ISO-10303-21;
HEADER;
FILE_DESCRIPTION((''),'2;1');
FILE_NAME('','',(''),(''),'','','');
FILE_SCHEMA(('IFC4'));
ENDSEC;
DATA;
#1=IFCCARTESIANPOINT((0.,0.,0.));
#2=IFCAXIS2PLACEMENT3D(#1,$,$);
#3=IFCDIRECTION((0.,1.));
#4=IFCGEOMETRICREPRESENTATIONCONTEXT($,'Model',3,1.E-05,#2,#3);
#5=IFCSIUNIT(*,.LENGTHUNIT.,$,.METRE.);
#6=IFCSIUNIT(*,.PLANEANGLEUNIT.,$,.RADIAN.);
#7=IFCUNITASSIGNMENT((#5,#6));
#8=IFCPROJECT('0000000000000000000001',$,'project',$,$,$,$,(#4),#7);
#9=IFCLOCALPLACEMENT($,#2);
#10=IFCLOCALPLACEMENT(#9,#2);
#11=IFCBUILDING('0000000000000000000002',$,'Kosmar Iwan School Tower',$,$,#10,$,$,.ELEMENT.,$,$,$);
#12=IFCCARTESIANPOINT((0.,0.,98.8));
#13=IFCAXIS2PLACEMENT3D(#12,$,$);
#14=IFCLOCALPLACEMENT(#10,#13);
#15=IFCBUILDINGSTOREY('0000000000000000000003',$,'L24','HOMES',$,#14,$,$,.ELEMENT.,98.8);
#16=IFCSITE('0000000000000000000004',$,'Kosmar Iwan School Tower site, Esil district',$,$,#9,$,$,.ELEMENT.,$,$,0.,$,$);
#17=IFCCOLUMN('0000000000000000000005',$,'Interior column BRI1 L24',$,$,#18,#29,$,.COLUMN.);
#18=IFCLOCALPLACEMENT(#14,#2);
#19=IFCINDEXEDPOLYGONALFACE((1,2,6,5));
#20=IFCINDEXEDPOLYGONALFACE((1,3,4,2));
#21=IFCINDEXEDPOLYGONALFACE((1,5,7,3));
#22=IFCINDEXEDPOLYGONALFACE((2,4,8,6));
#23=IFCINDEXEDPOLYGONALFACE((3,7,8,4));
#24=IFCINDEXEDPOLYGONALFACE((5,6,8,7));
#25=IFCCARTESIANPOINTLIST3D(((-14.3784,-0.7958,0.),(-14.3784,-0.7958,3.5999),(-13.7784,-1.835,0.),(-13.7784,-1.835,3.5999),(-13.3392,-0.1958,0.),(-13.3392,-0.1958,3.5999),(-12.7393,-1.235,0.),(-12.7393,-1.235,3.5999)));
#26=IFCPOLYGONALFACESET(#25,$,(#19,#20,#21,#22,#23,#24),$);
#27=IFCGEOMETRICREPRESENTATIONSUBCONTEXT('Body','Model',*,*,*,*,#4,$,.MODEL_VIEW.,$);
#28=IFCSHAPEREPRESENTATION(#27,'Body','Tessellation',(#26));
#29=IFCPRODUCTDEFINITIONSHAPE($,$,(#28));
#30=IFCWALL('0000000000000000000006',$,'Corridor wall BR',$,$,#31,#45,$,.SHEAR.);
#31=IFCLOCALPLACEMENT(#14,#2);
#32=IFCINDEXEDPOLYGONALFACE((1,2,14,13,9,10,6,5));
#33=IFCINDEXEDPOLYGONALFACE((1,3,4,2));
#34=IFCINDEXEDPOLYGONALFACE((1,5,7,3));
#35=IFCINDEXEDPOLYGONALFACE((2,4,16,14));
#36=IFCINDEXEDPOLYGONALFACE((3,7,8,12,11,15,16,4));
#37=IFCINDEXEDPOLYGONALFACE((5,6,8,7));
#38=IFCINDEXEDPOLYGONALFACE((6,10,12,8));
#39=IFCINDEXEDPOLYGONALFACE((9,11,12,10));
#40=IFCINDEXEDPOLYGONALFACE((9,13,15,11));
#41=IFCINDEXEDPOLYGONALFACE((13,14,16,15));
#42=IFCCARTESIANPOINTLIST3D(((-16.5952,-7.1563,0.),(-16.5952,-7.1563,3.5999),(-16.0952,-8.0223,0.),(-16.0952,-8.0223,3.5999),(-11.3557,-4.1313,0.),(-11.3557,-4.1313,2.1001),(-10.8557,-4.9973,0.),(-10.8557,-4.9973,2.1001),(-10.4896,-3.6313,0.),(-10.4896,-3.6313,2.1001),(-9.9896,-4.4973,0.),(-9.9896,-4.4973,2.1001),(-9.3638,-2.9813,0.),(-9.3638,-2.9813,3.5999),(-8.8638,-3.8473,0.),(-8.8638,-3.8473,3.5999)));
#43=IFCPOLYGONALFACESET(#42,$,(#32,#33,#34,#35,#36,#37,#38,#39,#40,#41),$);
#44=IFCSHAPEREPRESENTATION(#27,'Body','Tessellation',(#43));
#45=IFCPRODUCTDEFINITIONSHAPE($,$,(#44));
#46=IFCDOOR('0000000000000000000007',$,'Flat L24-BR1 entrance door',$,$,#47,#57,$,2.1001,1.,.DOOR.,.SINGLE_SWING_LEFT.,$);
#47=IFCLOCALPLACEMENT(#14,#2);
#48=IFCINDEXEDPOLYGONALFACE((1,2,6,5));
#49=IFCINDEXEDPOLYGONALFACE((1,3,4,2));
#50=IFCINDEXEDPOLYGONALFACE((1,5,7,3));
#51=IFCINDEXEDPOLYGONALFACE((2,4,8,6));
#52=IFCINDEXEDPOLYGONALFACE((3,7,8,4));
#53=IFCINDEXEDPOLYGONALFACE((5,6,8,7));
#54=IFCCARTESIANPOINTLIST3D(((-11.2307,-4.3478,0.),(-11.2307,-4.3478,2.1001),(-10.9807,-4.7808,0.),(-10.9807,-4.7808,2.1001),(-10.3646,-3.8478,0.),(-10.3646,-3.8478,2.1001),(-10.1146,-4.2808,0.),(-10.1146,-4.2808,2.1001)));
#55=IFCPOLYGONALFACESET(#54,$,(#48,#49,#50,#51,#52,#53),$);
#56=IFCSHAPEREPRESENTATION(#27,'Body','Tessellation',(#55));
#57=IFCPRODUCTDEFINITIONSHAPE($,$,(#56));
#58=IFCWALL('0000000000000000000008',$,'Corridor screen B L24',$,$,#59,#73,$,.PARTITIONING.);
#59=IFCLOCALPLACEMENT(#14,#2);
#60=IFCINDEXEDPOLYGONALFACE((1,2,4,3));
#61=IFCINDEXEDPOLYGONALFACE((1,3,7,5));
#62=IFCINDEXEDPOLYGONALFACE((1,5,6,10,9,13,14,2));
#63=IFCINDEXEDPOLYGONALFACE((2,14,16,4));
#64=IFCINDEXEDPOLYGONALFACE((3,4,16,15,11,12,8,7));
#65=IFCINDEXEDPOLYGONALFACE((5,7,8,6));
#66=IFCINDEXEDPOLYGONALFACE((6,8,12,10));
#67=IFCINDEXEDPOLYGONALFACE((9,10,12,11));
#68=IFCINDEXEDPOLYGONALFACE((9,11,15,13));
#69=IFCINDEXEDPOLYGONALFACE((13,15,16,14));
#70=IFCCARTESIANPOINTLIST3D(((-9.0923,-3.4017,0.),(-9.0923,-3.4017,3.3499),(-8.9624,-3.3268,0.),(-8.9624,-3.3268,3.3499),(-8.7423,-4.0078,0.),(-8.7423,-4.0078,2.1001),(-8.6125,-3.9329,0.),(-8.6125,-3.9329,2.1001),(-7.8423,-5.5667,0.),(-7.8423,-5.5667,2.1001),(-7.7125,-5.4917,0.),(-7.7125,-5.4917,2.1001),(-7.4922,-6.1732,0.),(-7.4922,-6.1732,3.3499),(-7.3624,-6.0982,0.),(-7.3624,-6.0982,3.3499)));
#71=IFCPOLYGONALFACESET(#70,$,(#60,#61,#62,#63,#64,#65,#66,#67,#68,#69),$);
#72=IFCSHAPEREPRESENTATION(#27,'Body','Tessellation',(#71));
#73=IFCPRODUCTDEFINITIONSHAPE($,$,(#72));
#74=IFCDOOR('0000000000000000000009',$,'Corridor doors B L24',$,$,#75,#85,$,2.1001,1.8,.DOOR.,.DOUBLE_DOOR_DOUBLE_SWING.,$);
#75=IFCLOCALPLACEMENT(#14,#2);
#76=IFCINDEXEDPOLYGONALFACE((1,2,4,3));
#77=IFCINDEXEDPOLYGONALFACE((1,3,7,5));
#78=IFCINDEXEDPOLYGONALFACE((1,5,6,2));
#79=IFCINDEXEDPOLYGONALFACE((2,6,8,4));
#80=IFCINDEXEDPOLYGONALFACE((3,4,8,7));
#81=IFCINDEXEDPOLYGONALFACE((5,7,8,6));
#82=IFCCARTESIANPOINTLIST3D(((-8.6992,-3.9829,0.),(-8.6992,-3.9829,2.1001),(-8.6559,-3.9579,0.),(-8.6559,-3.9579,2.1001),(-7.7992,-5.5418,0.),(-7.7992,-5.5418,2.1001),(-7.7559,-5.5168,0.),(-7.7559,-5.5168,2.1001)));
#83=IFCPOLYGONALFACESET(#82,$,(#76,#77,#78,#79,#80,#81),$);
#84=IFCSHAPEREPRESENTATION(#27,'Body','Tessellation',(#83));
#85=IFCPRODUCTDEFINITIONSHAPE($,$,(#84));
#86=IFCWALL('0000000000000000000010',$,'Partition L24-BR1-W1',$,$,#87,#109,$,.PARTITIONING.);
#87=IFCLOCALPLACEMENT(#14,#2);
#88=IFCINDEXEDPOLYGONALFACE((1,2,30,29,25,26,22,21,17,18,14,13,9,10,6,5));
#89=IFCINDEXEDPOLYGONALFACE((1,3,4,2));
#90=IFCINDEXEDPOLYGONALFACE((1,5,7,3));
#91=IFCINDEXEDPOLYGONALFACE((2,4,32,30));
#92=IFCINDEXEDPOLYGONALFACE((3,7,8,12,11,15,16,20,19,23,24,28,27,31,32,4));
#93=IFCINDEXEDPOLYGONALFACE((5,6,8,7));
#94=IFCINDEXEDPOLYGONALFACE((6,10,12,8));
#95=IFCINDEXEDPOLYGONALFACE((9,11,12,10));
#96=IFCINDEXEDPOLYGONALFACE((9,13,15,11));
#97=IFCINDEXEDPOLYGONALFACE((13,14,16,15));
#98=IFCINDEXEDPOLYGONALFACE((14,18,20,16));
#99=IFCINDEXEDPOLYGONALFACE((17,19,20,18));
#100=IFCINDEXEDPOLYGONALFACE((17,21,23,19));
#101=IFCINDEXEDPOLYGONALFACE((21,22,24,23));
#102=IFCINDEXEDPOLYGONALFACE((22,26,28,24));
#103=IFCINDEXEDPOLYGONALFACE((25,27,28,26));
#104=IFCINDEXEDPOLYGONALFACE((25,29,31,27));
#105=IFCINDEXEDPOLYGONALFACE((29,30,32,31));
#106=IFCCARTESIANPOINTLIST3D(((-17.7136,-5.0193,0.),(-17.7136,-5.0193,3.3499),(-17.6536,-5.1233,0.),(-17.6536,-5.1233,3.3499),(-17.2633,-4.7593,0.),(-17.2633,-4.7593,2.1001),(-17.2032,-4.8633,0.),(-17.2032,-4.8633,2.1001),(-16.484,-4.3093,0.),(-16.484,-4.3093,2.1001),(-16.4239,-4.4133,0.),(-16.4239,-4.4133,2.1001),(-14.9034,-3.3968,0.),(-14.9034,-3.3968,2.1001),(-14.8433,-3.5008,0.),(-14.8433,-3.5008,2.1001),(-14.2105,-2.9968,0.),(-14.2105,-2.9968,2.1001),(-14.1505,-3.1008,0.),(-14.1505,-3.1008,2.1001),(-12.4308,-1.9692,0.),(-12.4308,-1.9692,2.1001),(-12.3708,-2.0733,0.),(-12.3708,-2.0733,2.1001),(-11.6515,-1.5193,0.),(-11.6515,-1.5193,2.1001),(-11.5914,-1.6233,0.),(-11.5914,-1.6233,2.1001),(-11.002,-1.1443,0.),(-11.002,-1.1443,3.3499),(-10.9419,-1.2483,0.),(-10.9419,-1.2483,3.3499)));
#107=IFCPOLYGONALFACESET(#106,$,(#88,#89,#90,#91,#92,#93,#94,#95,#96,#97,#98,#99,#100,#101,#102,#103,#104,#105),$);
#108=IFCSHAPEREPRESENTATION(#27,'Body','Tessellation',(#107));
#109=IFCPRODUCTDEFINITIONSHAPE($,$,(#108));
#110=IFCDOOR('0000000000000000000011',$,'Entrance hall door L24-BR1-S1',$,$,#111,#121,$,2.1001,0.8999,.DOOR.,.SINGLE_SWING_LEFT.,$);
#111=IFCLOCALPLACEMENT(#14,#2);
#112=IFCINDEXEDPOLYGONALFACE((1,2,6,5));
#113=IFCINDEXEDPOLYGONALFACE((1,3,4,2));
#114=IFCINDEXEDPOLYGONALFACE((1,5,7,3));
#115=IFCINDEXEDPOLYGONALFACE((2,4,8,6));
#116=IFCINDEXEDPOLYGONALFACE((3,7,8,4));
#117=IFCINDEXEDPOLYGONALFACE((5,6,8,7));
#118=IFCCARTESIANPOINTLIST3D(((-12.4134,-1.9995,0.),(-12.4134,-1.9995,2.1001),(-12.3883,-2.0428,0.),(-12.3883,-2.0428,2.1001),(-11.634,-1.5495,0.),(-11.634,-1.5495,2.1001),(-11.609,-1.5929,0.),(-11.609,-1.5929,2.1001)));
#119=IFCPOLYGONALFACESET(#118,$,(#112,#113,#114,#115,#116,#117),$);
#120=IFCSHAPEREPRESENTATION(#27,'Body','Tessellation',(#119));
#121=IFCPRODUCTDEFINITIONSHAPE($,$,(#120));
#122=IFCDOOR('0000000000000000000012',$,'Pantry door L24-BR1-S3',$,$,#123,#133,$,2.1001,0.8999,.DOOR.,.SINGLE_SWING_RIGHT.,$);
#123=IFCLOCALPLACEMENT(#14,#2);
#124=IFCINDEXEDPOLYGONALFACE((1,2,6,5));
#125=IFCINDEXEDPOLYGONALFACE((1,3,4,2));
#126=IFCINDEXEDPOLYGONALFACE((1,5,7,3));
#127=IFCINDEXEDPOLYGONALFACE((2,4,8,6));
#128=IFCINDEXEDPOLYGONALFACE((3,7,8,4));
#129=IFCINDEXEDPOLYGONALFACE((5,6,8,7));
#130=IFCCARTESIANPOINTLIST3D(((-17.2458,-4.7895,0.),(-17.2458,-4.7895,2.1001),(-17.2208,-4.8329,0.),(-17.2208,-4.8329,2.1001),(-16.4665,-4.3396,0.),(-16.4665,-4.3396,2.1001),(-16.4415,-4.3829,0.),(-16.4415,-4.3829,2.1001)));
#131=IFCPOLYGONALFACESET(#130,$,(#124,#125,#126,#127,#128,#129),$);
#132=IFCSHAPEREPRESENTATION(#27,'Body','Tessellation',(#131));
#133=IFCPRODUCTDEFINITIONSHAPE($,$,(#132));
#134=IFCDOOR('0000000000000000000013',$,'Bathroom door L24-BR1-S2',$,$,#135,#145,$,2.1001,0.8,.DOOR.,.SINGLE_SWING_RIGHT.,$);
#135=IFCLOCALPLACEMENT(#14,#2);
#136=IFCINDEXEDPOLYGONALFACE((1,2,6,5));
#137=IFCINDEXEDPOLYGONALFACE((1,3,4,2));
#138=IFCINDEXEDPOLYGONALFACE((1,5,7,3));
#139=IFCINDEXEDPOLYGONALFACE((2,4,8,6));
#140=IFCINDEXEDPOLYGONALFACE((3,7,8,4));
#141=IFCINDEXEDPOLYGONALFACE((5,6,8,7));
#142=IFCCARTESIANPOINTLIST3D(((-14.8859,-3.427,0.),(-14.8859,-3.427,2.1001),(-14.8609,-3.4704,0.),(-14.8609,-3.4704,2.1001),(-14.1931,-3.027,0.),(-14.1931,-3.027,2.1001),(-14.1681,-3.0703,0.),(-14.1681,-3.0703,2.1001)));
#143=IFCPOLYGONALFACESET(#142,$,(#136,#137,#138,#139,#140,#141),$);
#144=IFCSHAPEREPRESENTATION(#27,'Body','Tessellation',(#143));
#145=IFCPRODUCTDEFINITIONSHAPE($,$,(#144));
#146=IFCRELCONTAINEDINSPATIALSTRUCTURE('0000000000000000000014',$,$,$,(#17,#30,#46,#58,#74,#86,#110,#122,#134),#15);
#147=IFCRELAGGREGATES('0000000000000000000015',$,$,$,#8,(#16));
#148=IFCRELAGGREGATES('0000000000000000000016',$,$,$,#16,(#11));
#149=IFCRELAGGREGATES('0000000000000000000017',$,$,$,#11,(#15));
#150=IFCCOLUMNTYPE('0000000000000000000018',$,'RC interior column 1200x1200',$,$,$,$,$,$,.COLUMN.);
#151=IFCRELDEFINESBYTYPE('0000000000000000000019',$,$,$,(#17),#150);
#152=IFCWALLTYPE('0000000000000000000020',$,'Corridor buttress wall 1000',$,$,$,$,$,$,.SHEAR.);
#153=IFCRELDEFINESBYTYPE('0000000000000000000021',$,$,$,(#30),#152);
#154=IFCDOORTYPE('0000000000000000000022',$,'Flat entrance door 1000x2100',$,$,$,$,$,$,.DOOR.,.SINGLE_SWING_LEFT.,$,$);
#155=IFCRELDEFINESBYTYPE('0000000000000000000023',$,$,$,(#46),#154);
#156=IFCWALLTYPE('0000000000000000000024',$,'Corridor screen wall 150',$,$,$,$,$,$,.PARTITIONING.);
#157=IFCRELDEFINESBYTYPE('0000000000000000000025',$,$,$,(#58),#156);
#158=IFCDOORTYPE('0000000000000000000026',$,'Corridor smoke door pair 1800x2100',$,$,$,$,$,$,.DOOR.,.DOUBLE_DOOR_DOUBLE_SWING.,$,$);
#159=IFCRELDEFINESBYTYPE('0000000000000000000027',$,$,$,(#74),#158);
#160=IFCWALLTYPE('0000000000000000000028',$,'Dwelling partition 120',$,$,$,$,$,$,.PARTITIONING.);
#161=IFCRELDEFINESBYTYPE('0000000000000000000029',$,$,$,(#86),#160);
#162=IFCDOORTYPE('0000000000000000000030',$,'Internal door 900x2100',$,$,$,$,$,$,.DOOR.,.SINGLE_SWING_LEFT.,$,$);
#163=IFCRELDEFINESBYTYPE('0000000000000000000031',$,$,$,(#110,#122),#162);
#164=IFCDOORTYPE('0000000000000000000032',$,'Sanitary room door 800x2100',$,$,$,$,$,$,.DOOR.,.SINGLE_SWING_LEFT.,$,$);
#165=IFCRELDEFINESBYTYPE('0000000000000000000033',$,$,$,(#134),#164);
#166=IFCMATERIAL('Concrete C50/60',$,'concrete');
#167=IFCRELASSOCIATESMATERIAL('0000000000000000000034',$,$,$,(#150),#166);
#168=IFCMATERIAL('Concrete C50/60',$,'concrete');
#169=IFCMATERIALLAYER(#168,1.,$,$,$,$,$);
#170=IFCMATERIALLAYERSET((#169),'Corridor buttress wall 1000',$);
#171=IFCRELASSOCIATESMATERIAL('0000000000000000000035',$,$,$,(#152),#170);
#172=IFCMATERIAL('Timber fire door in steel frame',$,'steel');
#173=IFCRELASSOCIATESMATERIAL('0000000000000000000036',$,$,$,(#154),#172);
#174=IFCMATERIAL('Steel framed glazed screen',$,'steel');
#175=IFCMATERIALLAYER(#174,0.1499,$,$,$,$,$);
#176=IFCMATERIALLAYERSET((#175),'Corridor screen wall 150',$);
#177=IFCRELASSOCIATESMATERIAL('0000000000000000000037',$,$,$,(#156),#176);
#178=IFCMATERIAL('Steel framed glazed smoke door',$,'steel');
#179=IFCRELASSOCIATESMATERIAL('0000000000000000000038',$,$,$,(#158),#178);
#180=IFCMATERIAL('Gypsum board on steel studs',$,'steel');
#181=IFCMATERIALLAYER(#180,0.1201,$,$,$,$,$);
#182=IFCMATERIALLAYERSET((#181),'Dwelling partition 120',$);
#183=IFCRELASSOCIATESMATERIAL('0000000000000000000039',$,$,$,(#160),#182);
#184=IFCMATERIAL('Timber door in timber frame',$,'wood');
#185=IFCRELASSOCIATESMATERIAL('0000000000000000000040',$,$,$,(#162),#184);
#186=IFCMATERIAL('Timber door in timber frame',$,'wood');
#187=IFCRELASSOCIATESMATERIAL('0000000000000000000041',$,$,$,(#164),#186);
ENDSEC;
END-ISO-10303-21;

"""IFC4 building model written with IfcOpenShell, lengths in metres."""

from ifc_helpers import new_model, si_unit, direction, frame, frame_2d, origin, origin_2d, place, context, subcontext, project, spatial, rectangle, extrude, material, layer, layer_set, material_profile, profile_set, type_object, element, fill, save


model = new_model("IFC4")

# Units and contexts
model_context = context("Model", 3, precision=1e-05, world=origin(), true_north=direction((0.0, 1.0)))
body_context = subcontext(model_context, "Body", "Model", "MODEL_VIEW")
ifc_project = project(units=[si_unit("LENGTHUNIT", "METRE"), si_unit("PLANEANGLEUNIT", "RADIAN")], contexts=[model_context])

# Site, building, storey
site_placement = place(None, origin())
site = spatial("IfcSite", under=ifc_project, at=site_placement, Name="Kosmar Iwan School Tower site, Esil district", CompositionType="ELEMENT", RefElevation=0.0)
building_placement = place(site_placement, origin())
building = spatial("IfcBuilding", under=site, at=building_placement, Name="Kosmar Iwan School Tower", CompositionType="ELEMENT")
storey_placement = place(building_placement, frame((0.0, 0.0, 98.8)))
storey = spatial("IfcBuildingStorey", under=building, at=storey_placement, Name="L24", Description="HOMES", CompositionType="ELEMENT", Elevation=98.8)

# Column
ifc_material_1 = material(Name="Concrete C50/60", Category="concrete")
ifc_material_profile = material_profile(ifc_material_1, rectangle(XDim=1.2, YDim=1.2, at=origin_2d()), Name="RC 1200x1200")
ifc_profile_set = profile_set([ifc_material_profile], Name="Concrete C50/60")
column_type = type_object("IfcColumnType", Name="RC interior column 1200x1200", PredefinedType="COLUMN", material=ifc_profile_set)
column_placement = place(storey_placement, frame((-13.5588, -1.0154, 0.0), z_axis=(0.0, 0.0, 1.0), x_axis=(-0.866025, -0.5, 0.0)))
element("IfcColumn", 1, at=column_placement, inside=storey, type_object=column_type, Name="Interior column BRI1 L24", PredefinedType="COLUMN", context=body_context, shape_type="SweptSolid", body=[
    extrude(rectangle(XDim=1.2, YDim=1.2, at=origin_2d()), origin(), (0.0, 0.0, 1.0), 3.5999),
])

# Walls, openings, doors
ifc_material_2 = material(Name="Concrete C50/60", Category="concrete")
ifc_layer_1 = layer(ifc_material_2, 1.0)
ifc_layer_set_1 = layer_set([ifc_layer_1], Name="Corridor buttress wall 1000")
wall_type_1 = type_object("IfcWallType", Name="Corridor buttress wall 1000", PredefinedType="SHEAR", material=ifc_layer_set_1)
wall_1_placement = place(storey_placement, frame((-9.1138, -3.4143, 0.0), z_axis=(0.0, 0.0, 1.0), x_axis=(-0.866027, -0.499997, 0.0)))
wall_1 = element("IfcWall", 2, at=wall_1_placement, inside=storey, type_object=wall_type_1, Name="Corridor wall BR", PredefinedType="SHEAR", context=body_context, shape_type="SweptSolid", body=[
    extrude(rectangle(XDim=8.3501, YDim=1.0, at=frame_2d((4.175, 0.0))), origin(), (0.0, 0.0, 1.0), 3.5999),
])
opening_1_placement = place(wall_1_placement, frame((1.3, 0.0, 0.0)))
opening_1 = element("IfcOpeningElement", 3, at=opening_1_placement, cuts=wall_1, PredefinedType="OPENING", context=body_context, shape_type="SweptSolid", body=[
    extrude(rectangle(XDim=1.0, YDim=2.1001, at=frame_2d((0.5, 1.05))), frame((0.0, 0.512, 0.0), z_axis=(0.0, -1.0, 0.0), x_axis=(1.0, 0.0, 0.0)), (0.0, 0.0, 1.0), 1.0239),
])
ifc_material_3 = material(Name="Timber fire door in steel frame", Category="steel")
door_type_1 = type_object("IfcDoorType", Name="Flat entrance door 1000x2100", OperationType="SINGLE_SWING_LEFT", PredefinedType="DOOR", material=ifc_material_3)
door_1_placement = place(opening_1_placement, origin())
door_1 = element("IfcDoor", 4, at=door_1_placement, inside=storey, type_object=door_type_1, Name="Flat L24-BR1 entrance door", OperationType="SINGLE_SWING_LEFT", OverallHeight=2.1001, OverallWidth=1.0, PredefinedType="DOOR", context=body_context, shape_type="SweptSolid", body=[
    extrude(rectangle(XDim=1.0, YDim=2.1001, at=frame_2d((0.5, 1.05))), frame((0.0, 0.25, 0.0), z_axis=(0.0, -1.0, 0.0), x_axis=(1.0, 0.0, 0.0)), (0.0, 0.0, 1.0), 0.5),
])
fill(opening_1, door_1)
ifc_material_4 = material(Name="Steel framed glazed screen", Category="steel")
ifc_layer_2 = layer(ifc_material_4, 0.1499)
ifc_layer_set_2 = layer_set([ifc_layer_2], Name="Corridor screen wall 150")
wall_type_2 = type_object("IfcWallType", Name="Corridor screen wall 150", PredefinedType="PARTITIONING", material=ifc_layer_set_2)
wall_2_placement = place(storey_placement, frame((-9.0273, -3.3643, 0.0), z_axis=(0.0, 0.0, 1.0), x_axis=(0.499995, -0.866028, 0.0)))
wall_2 = element("IfcWall", 5, at=wall_2_placement, inside=storey, type_object=wall_type_2, Name="Corridor screen B L24", PredefinedType="PARTITIONING", context=body_context, shape_type="SweptSolid", body=[
    extrude(rectangle(XDim=3.2002, YDim=0.1499, at=frame_2d((1.6001, 0.0))), origin(), (0.0, 0.0, 1.0), 3.3499),
])
opening_2_placement = place(wall_2_placement, frame((0.7, 0.0, 0.0)))
opening_2 = element("IfcOpeningElement", 6, at=opening_2_placement, cuts=wall_2, PredefinedType="OPENING", context=body_context, shape_type="SweptSolid", body=[
    extrude(rectangle(XDim=1.8, YDim=2.1001, at=frame_2d((0.8999, 1.05))), frame((0.0, 0.0869, 0.0), z_axis=(0.0, -1.0, 0.0), x_axis=(1.0, 0.0, 0.0)), (0.0, 0.0, 1.0), 0.1738),
])
ifc_material_5 = material(Name="Steel framed glazed smoke door", Category="steel")
door_type_2 = type_object("IfcDoorType", Name="Corridor smoke door pair 1800x2100", OperationType="DOUBLE_DOOR_DOUBLE_SWING", PredefinedType="DOOR", material=ifc_material_5)
door_2_placement = place(opening_2_placement, origin())
door_2 = element("IfcDoor", 7, at=door_2_placement, inside=storey, type_object=door_type_2, Name="Corridor doors B L24", OperationType="DOUBLE_DOOR_DOUBLE_SWING", OverallHeight=2.1001, OverallWidth=1.8, PredefinedType="DOOR", context=body_context, shape_type="SweptSolid", body=[
    extrude(rectangle(XDim=1.8, YDim=2.1001, at=frame_2d((0.8999, 1.05))), frame((0.0, 0.0249, 0.0), z_axis=(0.0, -1.0, 0.0), x_axis=(1.0, 0.0, 0.0)), (0.0, 0.0, 1.0), 0.05),
])
fill(opening_2, door_2)

# Wall, openings, doors
ifc_material_6 = material(Name="Gypsum board on steel studs", Category="steel")
ifc_layer_3 = layer(ifc_material_6, 0.1201)
ifc_layer_set_3 = layer_set([ifc_layer_3], Name="Dwelling partition 120")
wall_type_3 = type_object("IfcWallType", Name="Dwelling partition 120", PredefinedType="PARTITIONING", material=ifc_layer_set_3)
wall_3_placement = place(storey_placement, frame((-10.9719, -1.1963, 0.0), z_axis=(0.0, 0.0, 1.0), x_axis=(-0.866025, -0.500002, 0.0)))
wall_3 = element("IfcWall", 8, at=wall_3_placement, inside=storey, type_object=wall_type_3, Name="Partition L24-BR1-W1", PredefinedType="PARTITIONING", context=body_context, shape_type="SweptSolid", body=[
    extrude(rectangle(XDim=7.75, YDim=0.1201, at=frame_2d((3.875, 0.0))), origin(), (0.0, 0.0, 1.0), 3.3499),
])
opening_3_placement = place(wall_3_placement, frame((0.75, 0.0, 0.0)))
opening_3 = element("IfcOpeningElement", 9, at=opening_3_placement, cuts=wall_3, PredefinedType="OPENING", context=body_context, shape_type="SweptSolid", body=[
    extrude(rectangle(XDim=0.8999, YDim=2.1001, at=frame_2d((0.45, 1.05))), frame((0.0, 0.072, 0.0), z_axis=(0.0, -1.0, 0.0), x_axis=(1.0, 0.0, 0.0)), (0.0, 0.0, 1.0), 0.144),
])
opening_4_placement = place(wall_3_placement, frame((3.7051, 0.0, 0.0)))
opening_4 = element("IfcOpeningElement", 10, at=opening_4_placement, cuts=wall_3, PredefinedType="OPENING", context=body_context, shape_type="SweptSolid", body=[
    extrude(rectangle(XDim=0.8, YDim=2.1001, at=frame_2d((0.3999, 1.05))), frame((0.0, 0.072, 0.0), z_axis=(0.0, -1.0, 0.0), x_axis=(1.0, 0.0, 0.0)), (0.0, 0.0, 1.0), 0.144),
])
opening_5_placement = place(wall_3_placement, frame((6.3301, 0.0, 0.0)))
opening_5 = element("IfcOpeningElement", 11, at=opening_5_placement, cuts=wall_3, PredefinedType="OPENING", context=body_context, shape_type="SweptSolid", body=[
    extrude(rectangle(XDim=0.8999, YDim=2.1001, at=frame_2d((0.45, 1.05))), frame((0.0, 0.072, 0.0), z_axis=(0.0, -1.0, 0.0), x_axis=(1.0, 0.0, 0.0)), (0.0, 0.0, 1.0), 0.144),
])
ifc_material_7 = material(Name="Timber door in timber frame", Category="wood")
door_type_3 = type_object("IfcDoorType", Name="Internal door 900x2100", OperationType="SINGLE_SWING_LEFT", PredefinedType="DOOR", material=ifc_material_7)
door_3_placement = place(opening_3_placement, origin())
door_3 = element("IfcDoor", 12, at=door_3_placement, inside=storey, type_object=door_type_3, Name="Entrance hall door L24-BR1-S1", OperationType="SINGLE_SWING_LEFT", OverallHeight=2.1001, OverallWidth=0.8999, PredefinedType="DOOR", context=body_context, shape_type="SweptSolid", body=[
    extrude(rectangle(XDim=0.8999, YDim=2.1001, at=frame_2d((0.45, 1.05))), frame((0.0, 0.0249, 0.0), z_axis=(0.0, -1.0, 0.0), x_axis=(1.0, 0.0, 0.0)), (0.0, 0.0, 1.0), 0.05),
])
fill(opening_3, door_3)
door_4_placement = place(opening_5_placement, origin())
door_4 = element("IfcDoor", 13, at=door_4_placement, inside=storey, type_object=door_type_3, Name="Pantry door L24-BR1-S3", OperationType="SINGLE_SWING_RIGHT", OverallHeight=2.1001, OverallWidth=0.8999, PredefinedType="DOOR", context=body_context, shape_type="SweptSolid", body=[
    extrude(rectangle(XDim=0.8999, YDim=2.1001, at=frame_2d((0.45, 1.05))), frame((0.0, 0.0249, 0.0), z_axis=(0.0, -1.0, 0.0), x_axis=(1.0, 0.0, 0.0)), (0.0, 0.0, 1.0), 0.05),
])
fill(opening_5, door_4)
ifc_material_8 = material(Name="Timber door in timber frame", Category="wood")
door_type_4 = type_object("IfcDoorType", Name="Sanitary room door 800x2100", OperationType="SINGLE_SWING_LEFT", PredefinedType="DOOR", material=ifc_material_8)
door_5_placement = place(opening_4_placement, origin())
door_5 = element("IfcDoor", 14, at=door_5_placement, inside=storey, type_object=door_type_4, Name="Bathroom door L24-BR1-S2", OperationType="SINGLE_SWING_RIGHT", OverallHeight=2.1001, OverallWidth=0.8, PredefinedType="DOOR", context=body_context, shape_type="SweptSolid", body=[
    extrude(rectangle(XDim=0.8, YDim=2.1001, at=frame_2d((0.3999, 1.05))), frame((0.0, 0.0249, 0.0), z_axis=(0.0, -1.0, 0.0), x_axis=(1.0, 0.0, 0.0)), (0.0, 0.0, 1.0), 0.05),
])
fill(opening_4, door_5)

save(model, "model.ifc")
